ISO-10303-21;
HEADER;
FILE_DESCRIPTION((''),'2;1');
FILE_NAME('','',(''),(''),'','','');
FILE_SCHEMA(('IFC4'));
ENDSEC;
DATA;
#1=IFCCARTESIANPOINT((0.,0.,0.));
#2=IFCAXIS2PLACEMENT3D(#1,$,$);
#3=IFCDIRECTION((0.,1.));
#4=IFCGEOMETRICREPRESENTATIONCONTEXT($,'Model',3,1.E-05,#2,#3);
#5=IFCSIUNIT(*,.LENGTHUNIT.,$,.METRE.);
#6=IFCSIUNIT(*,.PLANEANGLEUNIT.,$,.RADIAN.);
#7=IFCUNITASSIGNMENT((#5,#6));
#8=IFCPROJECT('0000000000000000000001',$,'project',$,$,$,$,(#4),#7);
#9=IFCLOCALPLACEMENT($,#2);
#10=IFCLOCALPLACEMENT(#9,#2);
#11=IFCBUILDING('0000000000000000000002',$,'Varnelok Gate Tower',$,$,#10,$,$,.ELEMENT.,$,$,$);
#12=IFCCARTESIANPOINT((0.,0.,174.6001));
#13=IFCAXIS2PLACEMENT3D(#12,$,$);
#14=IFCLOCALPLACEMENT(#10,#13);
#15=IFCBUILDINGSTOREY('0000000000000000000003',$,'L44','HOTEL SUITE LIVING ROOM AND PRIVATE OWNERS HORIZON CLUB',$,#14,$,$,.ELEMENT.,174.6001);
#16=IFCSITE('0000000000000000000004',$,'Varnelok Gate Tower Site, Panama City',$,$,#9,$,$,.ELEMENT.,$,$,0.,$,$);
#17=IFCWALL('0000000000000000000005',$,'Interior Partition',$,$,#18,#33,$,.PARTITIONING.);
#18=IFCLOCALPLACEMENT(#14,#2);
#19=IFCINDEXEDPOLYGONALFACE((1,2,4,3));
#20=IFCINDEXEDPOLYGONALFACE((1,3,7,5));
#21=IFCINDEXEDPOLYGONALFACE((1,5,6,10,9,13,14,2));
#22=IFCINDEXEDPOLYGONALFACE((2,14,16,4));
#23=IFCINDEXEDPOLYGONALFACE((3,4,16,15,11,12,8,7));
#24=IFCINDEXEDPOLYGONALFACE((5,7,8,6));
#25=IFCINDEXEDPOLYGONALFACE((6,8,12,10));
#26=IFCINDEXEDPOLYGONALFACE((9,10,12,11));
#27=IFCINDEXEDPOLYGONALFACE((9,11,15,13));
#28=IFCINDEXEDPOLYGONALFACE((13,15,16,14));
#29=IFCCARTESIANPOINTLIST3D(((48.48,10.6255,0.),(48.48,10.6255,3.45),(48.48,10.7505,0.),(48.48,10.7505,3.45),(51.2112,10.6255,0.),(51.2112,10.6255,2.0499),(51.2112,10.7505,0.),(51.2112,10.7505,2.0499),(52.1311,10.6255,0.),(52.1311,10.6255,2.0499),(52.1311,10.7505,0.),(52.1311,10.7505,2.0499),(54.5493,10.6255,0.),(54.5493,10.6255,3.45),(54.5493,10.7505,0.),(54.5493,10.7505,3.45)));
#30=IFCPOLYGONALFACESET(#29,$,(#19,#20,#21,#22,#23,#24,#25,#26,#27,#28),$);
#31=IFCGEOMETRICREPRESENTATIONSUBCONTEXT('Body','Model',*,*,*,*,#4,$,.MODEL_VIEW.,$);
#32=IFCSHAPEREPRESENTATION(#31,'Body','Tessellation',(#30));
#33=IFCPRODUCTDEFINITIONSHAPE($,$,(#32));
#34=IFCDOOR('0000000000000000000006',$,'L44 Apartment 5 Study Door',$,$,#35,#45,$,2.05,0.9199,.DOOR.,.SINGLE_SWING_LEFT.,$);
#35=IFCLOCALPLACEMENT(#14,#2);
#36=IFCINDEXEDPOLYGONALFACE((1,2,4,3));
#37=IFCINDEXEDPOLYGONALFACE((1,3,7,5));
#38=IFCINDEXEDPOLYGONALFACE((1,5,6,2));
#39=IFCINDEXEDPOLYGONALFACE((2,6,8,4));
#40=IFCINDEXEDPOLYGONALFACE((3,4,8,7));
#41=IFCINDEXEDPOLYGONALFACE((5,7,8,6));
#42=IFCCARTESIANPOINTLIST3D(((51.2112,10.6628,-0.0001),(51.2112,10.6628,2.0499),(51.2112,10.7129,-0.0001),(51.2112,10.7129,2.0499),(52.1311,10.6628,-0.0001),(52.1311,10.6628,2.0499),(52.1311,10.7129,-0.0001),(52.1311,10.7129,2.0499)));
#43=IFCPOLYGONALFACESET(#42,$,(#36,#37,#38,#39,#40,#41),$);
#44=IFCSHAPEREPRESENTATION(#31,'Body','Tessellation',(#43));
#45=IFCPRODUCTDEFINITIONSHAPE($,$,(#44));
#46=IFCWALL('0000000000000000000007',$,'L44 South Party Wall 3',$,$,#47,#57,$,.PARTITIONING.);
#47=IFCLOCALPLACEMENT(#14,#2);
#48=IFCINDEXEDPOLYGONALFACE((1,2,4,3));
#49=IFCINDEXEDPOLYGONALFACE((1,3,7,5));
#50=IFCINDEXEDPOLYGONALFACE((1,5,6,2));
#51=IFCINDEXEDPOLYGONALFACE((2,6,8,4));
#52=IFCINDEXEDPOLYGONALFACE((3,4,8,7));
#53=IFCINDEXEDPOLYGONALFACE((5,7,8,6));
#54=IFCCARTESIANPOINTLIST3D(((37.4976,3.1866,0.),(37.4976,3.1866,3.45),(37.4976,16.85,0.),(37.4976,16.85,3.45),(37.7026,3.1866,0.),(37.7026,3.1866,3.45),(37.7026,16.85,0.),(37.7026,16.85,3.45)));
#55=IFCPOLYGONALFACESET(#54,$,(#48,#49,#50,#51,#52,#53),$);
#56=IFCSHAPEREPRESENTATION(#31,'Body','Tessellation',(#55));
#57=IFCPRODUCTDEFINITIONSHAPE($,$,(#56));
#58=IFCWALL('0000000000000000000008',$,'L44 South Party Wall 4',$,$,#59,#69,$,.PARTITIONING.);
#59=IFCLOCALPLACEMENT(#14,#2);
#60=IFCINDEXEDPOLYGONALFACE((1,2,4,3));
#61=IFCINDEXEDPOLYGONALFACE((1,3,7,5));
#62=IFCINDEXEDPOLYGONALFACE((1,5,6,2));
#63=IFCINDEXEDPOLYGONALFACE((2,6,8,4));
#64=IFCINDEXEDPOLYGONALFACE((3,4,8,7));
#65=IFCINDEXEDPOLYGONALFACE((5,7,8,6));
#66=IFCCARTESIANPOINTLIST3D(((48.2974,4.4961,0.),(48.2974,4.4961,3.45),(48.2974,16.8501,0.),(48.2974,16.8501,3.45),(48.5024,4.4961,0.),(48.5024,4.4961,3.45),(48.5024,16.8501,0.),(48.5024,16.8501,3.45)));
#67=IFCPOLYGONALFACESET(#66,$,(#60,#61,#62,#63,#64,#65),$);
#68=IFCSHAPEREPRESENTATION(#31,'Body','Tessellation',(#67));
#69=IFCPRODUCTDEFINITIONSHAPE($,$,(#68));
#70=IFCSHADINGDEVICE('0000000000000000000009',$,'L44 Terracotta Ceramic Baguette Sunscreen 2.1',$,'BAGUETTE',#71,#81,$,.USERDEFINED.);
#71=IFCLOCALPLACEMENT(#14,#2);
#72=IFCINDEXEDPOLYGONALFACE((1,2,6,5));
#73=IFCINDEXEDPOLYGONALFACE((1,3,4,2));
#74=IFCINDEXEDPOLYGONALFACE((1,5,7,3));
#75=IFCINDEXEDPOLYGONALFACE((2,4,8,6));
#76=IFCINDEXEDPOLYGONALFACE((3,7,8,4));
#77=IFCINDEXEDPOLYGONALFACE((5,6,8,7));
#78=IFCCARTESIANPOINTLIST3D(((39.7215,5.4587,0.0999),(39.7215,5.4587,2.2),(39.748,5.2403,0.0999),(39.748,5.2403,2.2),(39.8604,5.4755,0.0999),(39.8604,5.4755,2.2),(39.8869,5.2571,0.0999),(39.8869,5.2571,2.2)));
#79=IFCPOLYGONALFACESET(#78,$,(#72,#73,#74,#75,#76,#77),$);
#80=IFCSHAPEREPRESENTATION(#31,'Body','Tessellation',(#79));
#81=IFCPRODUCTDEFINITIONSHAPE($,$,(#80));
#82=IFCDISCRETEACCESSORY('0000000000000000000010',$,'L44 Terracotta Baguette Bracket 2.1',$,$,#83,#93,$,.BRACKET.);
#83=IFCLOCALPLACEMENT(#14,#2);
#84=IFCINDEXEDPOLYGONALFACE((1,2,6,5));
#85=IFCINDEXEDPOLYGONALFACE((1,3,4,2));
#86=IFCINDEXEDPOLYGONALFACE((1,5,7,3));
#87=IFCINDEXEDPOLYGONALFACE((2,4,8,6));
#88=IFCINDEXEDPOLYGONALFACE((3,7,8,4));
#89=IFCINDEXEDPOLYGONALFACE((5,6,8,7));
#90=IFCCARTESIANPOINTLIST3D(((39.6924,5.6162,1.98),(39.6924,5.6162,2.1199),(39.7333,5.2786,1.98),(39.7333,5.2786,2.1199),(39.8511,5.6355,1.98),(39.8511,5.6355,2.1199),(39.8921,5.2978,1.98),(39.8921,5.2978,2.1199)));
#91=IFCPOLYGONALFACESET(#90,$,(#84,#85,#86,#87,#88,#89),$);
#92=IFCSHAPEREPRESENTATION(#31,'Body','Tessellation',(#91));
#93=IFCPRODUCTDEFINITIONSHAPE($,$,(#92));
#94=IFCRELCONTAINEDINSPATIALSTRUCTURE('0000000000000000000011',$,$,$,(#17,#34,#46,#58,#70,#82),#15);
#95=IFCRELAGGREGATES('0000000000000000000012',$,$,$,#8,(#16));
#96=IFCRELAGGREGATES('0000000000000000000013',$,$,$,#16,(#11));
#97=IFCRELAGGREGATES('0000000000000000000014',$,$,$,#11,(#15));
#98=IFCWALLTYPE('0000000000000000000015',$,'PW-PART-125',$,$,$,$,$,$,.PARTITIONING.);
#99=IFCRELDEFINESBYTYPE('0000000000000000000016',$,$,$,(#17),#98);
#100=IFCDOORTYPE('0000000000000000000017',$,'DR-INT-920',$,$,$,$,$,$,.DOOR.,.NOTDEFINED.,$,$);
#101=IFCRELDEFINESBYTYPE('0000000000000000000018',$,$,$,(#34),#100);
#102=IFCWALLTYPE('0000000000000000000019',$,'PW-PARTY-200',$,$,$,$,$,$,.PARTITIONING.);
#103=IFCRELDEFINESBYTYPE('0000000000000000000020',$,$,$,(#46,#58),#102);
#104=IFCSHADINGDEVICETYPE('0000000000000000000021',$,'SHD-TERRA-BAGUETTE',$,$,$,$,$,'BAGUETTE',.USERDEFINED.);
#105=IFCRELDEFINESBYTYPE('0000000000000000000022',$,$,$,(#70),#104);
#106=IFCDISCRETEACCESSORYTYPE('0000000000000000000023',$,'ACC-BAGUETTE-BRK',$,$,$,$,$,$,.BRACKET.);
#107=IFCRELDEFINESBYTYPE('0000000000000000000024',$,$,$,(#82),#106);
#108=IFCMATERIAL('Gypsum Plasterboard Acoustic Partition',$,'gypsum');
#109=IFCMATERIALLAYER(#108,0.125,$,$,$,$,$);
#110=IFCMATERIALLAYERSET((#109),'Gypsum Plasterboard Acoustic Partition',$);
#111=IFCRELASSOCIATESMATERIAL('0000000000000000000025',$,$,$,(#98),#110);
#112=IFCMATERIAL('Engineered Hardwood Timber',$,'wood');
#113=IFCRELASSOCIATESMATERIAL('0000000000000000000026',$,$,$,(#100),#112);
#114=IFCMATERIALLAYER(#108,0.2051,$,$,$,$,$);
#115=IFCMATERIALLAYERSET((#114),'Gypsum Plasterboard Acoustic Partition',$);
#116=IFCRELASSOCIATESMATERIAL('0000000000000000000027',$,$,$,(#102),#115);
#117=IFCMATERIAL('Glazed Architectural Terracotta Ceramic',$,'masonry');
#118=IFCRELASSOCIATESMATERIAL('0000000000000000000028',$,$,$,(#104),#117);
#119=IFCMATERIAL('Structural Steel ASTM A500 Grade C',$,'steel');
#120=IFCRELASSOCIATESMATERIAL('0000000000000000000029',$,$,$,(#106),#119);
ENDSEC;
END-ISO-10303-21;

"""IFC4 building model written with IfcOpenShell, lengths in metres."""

from ifc_helpers import new_model, si_unit, direction, frame, frame_2d, origin, origin_2d, place, context, subcontext, project, spatial, rectangle, extrude, source, transform, mapped, material, layer, layer_set, type_object, element, fill, save


model = new_model("IFC4")

# Units and contexts
model_context = context("Model", 3, precision=1e-05, world=origin(), true_north=direction((0.0, 1.0)))
body_context = subcontext(model_context, "Body", "Model", "MODEL_VIEW")
ifc_project = project(units=[si_unit("LENGTHUNIT", "METRE"), si_unit("PLANEANGLEUNIT", "RADIAN")], contexts=[model_context])

# Site, building, storey
site_placement = place(None, origin())
site = spatial("IfcSite", under=ifc_project, at=site_placement, Name="Varnelok Gate Tower Site, Panama City", CompositionType="ELEMENT", RefElevation=0.0)
building_placement = place(site_placement, origin())
building = spatial("IfcBuilding", under=site, at=building_placement, Name="Varnelok Gate Tower", CompositionType="ELEMENT")
storey_placement = place(building_placement, frame((0.0, 0.0, 174.6001)))
storey = spatial("IfcBuildingStorey", under=building, at=storey_placement, Name="L44", Description="HOTEL SUITE LIVING ROOM AND PRIVATE OWNERS HORIZON CLUB", CompositionType="ELEMENT", Elevation=174.6001)

# Shared definitions
ifc_material_1 = material(Name="Gypsum Plasterboard Acoustic Partition", Category="gypsum")

# Shared definitions
ifc_layer_1 = layer(ifc_material_1, 0.125)
ifc_layer_set_1 = layer_set([ifc_layer_1], Name="Gypsum Plasterboard Acoustic Partition")
wall_type_1 = type_object("IfcWallType", Name="PW-PART-125", PredefinedType="PARTITIONING", material=ifc_layer_set_1)
ifc_material_2 = material(Name="Engineered Hardwood Timber", Category="wood")
door_type_1 = type_object("IfcDoorType", Name="DR-INT-920", OperationType="NOTDEFINED", PredefinedType="DOOR", material=ifc_material_2)

# Wall, opening, door
wall_1_placement = place(storey_placement, frame((48.48, 10.688, 0.0), z_axis=(0.0, 0.0, 1.0), x_axis=(1.0, 0.0, 0.0)))
wall_1 = element("IfcWall", 1, at=wall_1_placement, inside=storey, type_object=wall_type_1, Name="Interior Partition", PredefinedType="PARTITIONING", context=body_context, shape_type="SweptSolid", body=[
    extrude(rectangle(XDim=6.0693, YDim=0.125, at=frame_2d((3.0347, 0.0))), origin(), (0.0, 0.0, 1.0), 3.45),
])
opening_1_placement = place(wall_1_placement, frame((2.7312, 0.0, 0.0)))
opening_1 = element("IfcOpeningElement", 2, at=opening_1_placement, cuts=wall_1, PredefinedType="OPENING", context=body_context, shape_type="SweptSolid", body=[
    extrude(rectangle(XDim=0.9199, YDim=2.05, at=frame_2d((0.46, 1.0249))), frame((0.0, 0.0725, 0.0), z_axis=(0.0, -1.0, 0.0), x_axis=(1.0, 0.0, 0.0)), (0.0, 0.0, 1.0), 0.145),
])
door_1_placement = place(opening_1_placement, origin())
door_1 = element("IfcDoor", 3, at=door_1_placement, inside=storey, type_object=door_type_1, Name="L44 Apartment 5 Study Door", OperationType="SINGLE_SWING_LEFT", OverallHeight=2.05, OverallWidth=0.9199, PredefinedType="DOOR", context=body_context, shape_type="SweptSolid", body=[
    extrude(rectangle(XDim=0.9199, YDim=2.05, at=frame_2d((0.46, 1.0249))), frame((0.0, 0.0249, 0.0), z_axis=(0.0, -1.0, 0.0), x_axis=(1.0, 0.0, 0.0)), (0.0, 0.0, 1.0), 0.05),
])
fill(opening_1, door_1)

# Walls
ifc_layer_2 = layer(ifc_material_1, 0.2051)
ifc_layer_set_2 = layer_set([ifc_layer_2], Name="Gypsum Plasterboard Acoustic Partition")
wall_type_2 = type_object("IfcWallType", Name="PW-PARTY-200", PredefinedType="PARTITIONING", material=ifc_layer_set_2)
wall_2_placement = place(storey_placement, frame((37.6001, 3.1868, 0.0), z_axis=(0.0, 0.0, 1.0), x_axis=(0.0, 1.0, 0.0)))
element("IfcWall", 4, at=wall_2_placement, inside=storey, type_object=wall_type_2, Name="L44 South Party Wall 3", PredefinedType="PARTITIONING", context=body_context, shape_type="SweptSolid", body=[
    extrude(rectangle(XDim=13.6633, YDim=0.2051, at=frame_2d((6.8315, 0.0))), origin(), (0.0, 0.0, 1.0), 3.45),
])
wall_3_placement = place(storey_placement, frame((48.3999, 4.4961, 0.0), z_axis=(0.0, 0.0, 1.0), x_axis=(0.0, 1.0, 0.0)))
element("IfcWall", 5, at=wall_3_placement, inside=storey, type_object=wall_type_2, Name="L44 South Party Wall 4", PredefinedType="PARTITIONING", context=body_context, shape_type="SweptSolid", body=[
    extrude(rectangle(XDim=12.354, YDim=0.2051, at=frame_2d((6.177, 0.0))), origin(), (0.0, 0.0, 1.0), 3.45),
])

# Shading device
ifc_material_3 = material(Name="Glazed Architectural Terracotta Ceramic", Category="masonry")
shading_device_type = type_object("IfcShadingDeviceType", Name="SHD-TERRA-BAGUETTE", ElementType="BAGUETTE", PredefinedType="USERDEFINED", material=ifc_material_3)
shared_shape_1 = source(origin(), body_context, "Body", "SweptSolid", [
    extrude(rectangle(XDim=0.1399, YDim=0.22, at=origin_2d()), origin(), (0.0, 0.0, 1.0), 2.1001),
])
shading_device_placement = place(storey_placement, frame((39.8042, 5.3579, 0.0999), z_axis=(0.0, 0.0, 1.0), x_axis=(0.992732, 0.120345, 0.0)))
element("IfcShadingDevice", 6, at=shading_device_placement, inside=storey, type_object=shading_device_type, Name="L44 Terracotta Ceramic Baguette Sunscreen 2.1", ObjectType="BAGUETTE", PredefinedType="USERDEFINED", context=body_context, shape_type="MappedRepresentation", body=[
    mapped(shared_shape_1, transform((0.0, 0.0, 0.0), scale=1.0)),
])

# Discrete accessory
ifc_material_4 = material(Name="Structural Steel ASTM A500 Grade C", Category="steel")
discrete_accessory_type = type_object("IfcDiscreteAccessoryType", Name="ACC-BAGUETTE-BRK", PredefinedType="BRACKET", material=ifc_material_4)
shared_shape_2 = source(origin(), body_context, "Body", "SweptSolid", [
    extrude(rectangle(XDim=0.1599, YDim=0.3401, at=origin_2d()), origin(), (0.0, 0.0, 1.0), 0.1399),
])
discrete_accessory_placement = place(storey_placement, frame((39.7922, 5.457, 1.98), z_axis=(0.0, 0.0, 1.0), x_axis=(0.992732, 0.120345, 0.0)))
element("IfcDiscreteAccessory", 7, at=discrete_accessory_placement, inside=storey, type_object=discrete_accessory_type, Name="L44 Terracotta Baguette Bracket 2.1", PredefinedType="BRACKET", context=body_context, shape_type="MappedRepresentation", body=[
    mapped(shared_shape_2, transform((0.0, 0.0, 0.0), scale=1.0)),
])

save(model, "model.ifc")
